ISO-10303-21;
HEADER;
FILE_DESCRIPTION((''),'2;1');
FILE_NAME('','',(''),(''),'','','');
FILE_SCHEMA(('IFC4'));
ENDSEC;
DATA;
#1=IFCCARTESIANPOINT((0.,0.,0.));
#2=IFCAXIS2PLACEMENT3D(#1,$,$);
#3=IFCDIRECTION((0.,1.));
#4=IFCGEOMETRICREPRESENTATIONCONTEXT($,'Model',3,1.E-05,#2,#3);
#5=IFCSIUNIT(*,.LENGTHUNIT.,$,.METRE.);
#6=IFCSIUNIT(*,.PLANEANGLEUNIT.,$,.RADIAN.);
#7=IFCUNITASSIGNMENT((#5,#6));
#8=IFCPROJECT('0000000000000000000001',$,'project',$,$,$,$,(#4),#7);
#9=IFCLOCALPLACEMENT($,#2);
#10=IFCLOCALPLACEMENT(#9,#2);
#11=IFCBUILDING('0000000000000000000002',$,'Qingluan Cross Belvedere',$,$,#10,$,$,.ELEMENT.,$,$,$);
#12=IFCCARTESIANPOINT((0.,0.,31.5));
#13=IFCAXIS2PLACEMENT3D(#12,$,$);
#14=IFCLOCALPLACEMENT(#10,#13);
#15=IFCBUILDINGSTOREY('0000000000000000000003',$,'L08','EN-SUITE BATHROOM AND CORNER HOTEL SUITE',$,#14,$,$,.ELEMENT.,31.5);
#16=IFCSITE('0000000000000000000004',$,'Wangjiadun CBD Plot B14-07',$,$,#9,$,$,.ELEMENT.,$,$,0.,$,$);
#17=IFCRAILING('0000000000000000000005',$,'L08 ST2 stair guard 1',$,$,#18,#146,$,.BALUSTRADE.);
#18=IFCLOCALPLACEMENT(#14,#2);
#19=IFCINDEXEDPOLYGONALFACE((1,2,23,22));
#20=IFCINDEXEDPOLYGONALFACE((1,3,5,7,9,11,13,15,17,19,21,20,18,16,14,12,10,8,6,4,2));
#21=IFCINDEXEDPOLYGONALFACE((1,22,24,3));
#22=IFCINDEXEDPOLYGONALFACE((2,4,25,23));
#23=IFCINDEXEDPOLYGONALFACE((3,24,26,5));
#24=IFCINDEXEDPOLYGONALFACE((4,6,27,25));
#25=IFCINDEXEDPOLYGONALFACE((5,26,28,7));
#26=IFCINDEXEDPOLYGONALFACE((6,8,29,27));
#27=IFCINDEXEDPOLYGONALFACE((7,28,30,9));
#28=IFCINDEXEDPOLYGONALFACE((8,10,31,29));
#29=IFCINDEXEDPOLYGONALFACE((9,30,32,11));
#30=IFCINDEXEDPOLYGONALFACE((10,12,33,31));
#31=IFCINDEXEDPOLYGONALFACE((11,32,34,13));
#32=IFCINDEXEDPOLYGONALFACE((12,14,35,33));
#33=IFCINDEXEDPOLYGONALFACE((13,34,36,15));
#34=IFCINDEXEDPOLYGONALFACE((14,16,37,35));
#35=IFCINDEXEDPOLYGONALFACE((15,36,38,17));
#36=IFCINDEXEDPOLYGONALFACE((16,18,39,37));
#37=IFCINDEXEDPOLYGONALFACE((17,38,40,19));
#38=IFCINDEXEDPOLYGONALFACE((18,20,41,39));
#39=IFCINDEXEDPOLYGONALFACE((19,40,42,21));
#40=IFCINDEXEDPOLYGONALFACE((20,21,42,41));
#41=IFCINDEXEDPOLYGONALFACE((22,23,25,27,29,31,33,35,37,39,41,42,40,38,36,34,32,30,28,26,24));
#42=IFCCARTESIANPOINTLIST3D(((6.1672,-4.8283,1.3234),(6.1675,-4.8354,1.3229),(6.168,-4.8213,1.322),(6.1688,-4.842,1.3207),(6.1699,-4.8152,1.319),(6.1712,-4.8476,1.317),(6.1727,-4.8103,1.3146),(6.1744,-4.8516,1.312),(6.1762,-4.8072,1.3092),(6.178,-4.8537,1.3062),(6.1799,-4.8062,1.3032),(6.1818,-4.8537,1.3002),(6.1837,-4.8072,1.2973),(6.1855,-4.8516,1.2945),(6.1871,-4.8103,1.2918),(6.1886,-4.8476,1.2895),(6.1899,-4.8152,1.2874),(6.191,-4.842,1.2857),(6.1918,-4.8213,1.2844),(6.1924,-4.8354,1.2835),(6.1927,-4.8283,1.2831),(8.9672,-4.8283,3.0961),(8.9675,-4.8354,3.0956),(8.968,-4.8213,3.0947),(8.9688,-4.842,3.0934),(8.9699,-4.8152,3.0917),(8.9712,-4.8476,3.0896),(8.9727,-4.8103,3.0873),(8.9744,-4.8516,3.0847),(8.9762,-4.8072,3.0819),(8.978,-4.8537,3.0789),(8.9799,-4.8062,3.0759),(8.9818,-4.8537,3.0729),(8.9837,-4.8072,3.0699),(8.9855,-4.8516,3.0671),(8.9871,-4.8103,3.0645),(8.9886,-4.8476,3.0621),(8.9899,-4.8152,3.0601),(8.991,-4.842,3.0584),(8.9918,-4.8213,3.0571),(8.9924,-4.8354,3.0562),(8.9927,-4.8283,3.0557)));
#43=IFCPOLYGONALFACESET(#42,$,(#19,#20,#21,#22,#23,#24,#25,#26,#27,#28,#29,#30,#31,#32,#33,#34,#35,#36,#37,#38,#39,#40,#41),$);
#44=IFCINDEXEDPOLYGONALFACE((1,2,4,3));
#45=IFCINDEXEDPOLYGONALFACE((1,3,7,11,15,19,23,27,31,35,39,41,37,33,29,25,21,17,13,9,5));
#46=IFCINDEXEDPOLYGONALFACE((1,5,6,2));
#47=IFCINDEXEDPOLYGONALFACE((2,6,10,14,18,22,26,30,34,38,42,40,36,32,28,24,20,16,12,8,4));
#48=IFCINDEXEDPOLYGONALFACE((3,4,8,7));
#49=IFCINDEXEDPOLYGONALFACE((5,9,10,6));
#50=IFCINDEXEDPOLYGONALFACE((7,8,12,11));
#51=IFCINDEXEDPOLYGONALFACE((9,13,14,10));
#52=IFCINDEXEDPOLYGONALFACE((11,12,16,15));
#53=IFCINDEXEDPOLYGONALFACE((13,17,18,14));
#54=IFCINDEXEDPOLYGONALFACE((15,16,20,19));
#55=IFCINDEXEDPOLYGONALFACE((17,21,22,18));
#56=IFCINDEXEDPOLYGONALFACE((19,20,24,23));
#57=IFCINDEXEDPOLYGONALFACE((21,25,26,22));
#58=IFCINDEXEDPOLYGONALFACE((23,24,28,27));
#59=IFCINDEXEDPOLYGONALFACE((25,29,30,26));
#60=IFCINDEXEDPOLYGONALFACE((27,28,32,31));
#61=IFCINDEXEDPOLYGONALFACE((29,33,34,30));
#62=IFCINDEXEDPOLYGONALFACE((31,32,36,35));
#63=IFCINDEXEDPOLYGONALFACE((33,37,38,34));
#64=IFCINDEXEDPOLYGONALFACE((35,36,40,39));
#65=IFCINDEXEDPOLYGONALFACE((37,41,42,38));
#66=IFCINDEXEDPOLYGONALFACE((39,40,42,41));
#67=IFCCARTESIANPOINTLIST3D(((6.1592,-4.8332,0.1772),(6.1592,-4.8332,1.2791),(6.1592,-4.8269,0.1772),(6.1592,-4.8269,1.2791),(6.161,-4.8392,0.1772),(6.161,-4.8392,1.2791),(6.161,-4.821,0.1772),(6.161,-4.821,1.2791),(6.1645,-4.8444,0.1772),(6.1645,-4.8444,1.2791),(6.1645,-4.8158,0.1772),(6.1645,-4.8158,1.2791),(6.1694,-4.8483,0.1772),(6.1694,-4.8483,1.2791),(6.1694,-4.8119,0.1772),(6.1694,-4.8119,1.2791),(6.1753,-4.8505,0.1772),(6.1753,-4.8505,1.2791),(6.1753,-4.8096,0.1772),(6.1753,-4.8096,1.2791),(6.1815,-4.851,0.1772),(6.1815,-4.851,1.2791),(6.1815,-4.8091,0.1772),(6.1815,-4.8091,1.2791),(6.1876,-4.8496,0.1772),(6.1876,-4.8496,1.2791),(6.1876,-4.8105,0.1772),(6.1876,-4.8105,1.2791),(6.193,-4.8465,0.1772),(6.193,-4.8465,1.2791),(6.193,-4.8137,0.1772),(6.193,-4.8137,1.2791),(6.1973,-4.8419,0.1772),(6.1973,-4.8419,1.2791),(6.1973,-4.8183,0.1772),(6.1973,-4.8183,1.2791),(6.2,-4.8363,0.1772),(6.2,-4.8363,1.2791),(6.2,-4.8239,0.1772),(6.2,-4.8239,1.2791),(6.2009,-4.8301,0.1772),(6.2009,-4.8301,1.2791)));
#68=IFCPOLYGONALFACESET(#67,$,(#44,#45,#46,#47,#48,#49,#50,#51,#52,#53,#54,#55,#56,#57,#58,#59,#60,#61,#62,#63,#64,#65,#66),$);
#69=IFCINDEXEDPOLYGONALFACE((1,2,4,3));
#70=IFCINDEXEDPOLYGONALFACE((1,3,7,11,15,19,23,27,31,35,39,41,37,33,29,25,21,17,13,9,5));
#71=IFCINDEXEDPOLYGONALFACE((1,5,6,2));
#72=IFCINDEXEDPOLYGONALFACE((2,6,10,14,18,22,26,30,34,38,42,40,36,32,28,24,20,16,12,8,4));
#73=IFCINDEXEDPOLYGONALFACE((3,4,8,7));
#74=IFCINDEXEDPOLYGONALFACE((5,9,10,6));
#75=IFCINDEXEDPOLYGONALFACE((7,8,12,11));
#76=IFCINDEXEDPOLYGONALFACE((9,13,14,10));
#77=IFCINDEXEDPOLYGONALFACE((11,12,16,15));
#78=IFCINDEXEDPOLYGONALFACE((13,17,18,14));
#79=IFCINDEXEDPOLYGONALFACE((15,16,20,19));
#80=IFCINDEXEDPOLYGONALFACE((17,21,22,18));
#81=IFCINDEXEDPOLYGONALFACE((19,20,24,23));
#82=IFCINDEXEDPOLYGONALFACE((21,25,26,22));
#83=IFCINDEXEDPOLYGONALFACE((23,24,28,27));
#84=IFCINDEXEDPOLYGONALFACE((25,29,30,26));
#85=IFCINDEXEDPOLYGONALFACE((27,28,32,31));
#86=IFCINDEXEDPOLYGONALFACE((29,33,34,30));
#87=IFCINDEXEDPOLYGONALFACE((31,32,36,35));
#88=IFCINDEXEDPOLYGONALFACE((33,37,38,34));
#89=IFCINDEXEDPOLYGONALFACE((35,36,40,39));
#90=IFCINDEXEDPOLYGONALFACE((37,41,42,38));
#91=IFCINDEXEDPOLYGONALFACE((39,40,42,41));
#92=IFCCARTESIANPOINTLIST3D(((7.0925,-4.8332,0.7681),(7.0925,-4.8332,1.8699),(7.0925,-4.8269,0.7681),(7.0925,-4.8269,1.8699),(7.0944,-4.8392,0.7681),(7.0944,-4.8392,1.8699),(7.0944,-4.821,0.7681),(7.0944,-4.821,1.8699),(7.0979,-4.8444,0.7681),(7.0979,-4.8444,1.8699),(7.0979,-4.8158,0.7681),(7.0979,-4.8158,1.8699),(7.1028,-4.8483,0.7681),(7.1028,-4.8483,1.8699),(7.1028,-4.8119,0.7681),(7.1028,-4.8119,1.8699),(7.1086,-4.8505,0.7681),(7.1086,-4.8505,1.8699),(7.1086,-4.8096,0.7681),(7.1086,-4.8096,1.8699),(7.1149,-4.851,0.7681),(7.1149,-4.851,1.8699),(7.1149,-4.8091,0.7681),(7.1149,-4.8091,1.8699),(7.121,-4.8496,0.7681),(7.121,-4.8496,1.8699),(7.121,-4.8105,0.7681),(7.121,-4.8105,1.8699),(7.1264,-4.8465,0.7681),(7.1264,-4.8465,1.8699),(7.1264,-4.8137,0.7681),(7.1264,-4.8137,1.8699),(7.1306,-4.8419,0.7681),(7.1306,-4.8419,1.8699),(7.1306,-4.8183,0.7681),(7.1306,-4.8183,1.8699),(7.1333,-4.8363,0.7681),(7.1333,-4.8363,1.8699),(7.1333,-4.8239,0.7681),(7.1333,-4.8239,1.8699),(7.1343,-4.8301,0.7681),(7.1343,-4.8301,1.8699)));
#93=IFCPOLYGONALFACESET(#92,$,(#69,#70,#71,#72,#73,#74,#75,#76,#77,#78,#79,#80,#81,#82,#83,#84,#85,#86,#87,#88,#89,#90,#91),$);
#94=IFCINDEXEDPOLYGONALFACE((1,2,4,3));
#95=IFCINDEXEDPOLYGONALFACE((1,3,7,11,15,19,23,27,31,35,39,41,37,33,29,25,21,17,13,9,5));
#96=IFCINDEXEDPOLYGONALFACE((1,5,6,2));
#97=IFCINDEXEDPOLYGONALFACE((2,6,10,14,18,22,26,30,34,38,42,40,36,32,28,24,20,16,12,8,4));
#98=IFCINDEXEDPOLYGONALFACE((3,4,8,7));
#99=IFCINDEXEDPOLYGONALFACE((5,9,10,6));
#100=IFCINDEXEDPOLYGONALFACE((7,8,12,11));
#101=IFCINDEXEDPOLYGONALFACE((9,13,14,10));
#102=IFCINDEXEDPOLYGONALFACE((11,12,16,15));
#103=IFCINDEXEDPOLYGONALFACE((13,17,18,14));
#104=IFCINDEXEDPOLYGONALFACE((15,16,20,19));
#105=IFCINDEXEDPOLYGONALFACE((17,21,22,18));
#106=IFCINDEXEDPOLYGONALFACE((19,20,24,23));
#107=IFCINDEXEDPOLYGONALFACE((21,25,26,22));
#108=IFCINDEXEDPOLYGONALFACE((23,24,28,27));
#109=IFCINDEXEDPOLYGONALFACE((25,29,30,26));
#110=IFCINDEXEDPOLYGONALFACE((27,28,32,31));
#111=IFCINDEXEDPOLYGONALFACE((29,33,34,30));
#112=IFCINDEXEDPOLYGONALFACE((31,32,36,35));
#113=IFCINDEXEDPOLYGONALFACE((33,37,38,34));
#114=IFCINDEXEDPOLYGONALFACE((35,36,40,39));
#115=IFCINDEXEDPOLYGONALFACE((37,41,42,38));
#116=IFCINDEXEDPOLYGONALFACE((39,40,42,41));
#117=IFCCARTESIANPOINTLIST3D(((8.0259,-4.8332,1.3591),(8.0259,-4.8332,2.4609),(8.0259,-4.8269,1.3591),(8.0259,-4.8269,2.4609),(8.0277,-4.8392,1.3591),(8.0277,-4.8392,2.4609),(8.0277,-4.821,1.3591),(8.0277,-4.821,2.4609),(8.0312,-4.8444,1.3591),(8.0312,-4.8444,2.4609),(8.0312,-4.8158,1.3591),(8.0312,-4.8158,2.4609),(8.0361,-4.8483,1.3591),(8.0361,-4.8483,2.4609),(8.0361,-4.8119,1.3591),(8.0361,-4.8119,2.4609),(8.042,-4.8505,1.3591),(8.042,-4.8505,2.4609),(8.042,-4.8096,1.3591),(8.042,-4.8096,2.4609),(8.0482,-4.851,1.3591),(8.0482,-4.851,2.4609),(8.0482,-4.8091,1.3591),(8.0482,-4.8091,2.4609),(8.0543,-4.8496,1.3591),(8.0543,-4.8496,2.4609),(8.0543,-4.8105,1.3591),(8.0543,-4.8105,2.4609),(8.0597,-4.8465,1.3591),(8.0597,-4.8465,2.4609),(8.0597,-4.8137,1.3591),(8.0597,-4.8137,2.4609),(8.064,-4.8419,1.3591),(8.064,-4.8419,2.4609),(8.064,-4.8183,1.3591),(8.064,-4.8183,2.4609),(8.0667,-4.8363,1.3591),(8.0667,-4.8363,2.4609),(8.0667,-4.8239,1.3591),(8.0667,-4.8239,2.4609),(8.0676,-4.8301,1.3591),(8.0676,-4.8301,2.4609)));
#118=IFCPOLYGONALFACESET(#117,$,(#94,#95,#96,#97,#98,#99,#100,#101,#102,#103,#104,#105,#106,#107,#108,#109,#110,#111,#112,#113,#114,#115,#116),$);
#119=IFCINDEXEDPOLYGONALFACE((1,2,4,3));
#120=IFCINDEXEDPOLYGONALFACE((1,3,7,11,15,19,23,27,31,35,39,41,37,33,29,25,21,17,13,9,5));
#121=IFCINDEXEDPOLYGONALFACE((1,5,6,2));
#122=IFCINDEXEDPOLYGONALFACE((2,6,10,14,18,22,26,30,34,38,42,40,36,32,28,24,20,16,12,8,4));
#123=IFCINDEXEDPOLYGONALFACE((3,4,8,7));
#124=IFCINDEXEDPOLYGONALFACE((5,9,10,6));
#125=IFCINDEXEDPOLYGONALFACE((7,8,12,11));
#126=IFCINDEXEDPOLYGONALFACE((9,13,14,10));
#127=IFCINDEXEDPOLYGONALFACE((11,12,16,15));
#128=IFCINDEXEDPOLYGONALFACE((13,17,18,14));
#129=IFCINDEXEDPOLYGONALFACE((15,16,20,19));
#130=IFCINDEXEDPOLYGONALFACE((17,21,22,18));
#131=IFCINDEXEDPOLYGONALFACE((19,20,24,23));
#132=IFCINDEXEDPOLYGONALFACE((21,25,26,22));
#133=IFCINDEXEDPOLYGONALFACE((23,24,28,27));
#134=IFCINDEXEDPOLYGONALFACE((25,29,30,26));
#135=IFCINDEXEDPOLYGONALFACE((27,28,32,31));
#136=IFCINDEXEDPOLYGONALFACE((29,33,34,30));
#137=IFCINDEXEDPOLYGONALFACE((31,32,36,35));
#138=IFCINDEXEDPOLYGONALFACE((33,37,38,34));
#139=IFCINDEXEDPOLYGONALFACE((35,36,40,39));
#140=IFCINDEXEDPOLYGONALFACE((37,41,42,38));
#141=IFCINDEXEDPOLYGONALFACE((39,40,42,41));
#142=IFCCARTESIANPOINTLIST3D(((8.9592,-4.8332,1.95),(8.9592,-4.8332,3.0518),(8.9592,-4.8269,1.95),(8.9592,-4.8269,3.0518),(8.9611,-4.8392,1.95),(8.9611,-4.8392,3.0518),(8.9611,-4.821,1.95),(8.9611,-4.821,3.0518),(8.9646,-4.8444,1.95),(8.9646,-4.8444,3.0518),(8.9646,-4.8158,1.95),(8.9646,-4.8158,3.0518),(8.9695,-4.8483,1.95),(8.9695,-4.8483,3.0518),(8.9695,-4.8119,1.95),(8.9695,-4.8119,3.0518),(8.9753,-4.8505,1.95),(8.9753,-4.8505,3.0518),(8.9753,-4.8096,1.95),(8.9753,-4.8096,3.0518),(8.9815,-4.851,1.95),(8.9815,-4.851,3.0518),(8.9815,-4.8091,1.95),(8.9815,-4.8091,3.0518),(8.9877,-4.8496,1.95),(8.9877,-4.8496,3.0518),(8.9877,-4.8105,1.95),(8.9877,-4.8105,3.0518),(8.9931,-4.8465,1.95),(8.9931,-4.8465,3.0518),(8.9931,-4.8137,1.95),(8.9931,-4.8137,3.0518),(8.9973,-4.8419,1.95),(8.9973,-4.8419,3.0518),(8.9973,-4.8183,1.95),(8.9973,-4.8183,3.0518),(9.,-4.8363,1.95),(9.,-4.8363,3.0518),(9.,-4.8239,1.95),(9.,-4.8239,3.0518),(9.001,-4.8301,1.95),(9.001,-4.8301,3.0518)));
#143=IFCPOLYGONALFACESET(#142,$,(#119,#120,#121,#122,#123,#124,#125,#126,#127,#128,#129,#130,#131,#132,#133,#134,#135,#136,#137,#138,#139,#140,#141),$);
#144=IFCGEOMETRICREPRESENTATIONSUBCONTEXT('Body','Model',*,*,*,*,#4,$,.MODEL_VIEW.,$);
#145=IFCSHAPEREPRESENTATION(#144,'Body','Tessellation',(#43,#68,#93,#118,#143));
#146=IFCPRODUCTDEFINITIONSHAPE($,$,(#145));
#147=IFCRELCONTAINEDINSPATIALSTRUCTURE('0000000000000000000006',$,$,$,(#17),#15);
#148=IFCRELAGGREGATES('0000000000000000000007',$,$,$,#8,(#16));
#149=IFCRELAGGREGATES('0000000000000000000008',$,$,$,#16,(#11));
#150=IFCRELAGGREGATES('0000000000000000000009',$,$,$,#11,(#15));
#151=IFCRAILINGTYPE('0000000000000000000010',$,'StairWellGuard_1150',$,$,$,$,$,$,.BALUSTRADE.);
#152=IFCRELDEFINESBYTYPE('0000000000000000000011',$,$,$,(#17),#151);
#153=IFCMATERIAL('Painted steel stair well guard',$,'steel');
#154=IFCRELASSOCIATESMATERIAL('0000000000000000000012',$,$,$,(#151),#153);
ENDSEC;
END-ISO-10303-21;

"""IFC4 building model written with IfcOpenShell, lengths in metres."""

from ifc_helpers import new_model, si_unit, direction, frame, origin, origin_2d, place, context, subcontext, project, spatial, circle, extrude, material, type_object, element, save


model = new_model("IFC4")

# Units and contexts
model_context = context("Model", 3, precision=1e-05, world=origin(), true_north=direction((0.0, 1.0)))
body_context = subcontext(model_context, "Body", "Model", "MODEL_VIEW")
ifc_project = project(units=[si_unit("LENGTHUNIT", "METRE"), si_unit("PLANEANGLEUNIT", "RADIAN")], contexts=[model_context])

# Site, building, storey
site_placement = place(None, origin())
site = spatial("IfcSite", under=ifc_project, at=site_placement, Name="Wangjiadun CBD Plot B14-07", CompositionType="ELEMENT", RefElevation=0.0)
building_placement = place(site_placement, origin())
building = spatial("IfcBuilding", under=site, at=building_placement, Name="Qingluan Cross Belvedere", CompositionType="ELEMENT")
storey_placement = place(building_placement, frame((0.0, 0.0, 31.5)))
storey = spatial("IfcBuildingStorey", under=building, at=storey_placement, Name="L08", Description="EN-SUITE BATHROOM AND CORNER HOTEL SUITE", CompositionType="ELEMENT", Elevation=31.5)

# Railing
ifc_material_1 = material(Name="Painted steel stair well guard", Category="steel")
railing_type_1 = type_object("IfcRailingType", Name="StairWellGuard_1150", PredefinedType="BALUSTRADE", material=ifc_material_1)
railing_1_placement = place(storey_placement, frame((6.1799, -4.8301, 0.1772)))
element("IfcRailing", 1, at=railing_1_placement, inside=storey, type_object=railing_type_1, Name="L08 ST2 stair guard 1", PredefinedType="BALUSTRADE", context=body_context, shape_type="SweptSolid", body=[
    extrude(circle(Radius=0.0239, at=origin_2d()), frame((0.0, 0.0, 1.126), z_axis=(0.844909, 0.0, 0.53491), x_axis=(0.0, 1.0, 0.0)), (0.0, 0.0, 1.0), 3.314),
    extrude(circle(Radius=0.021, at=origin_2d()), origin(), (0.0, 0.0, 1.0), 1.1018),
    extrude(circle(Radius=0.021, at=origin_2d()), frame((0.9333, 0.0, 0.5908)), (0.0, 0.0, 1.0), 1.1018),
    extrude(circle(Radius=0.021, at=origin_2d()), frame((1.8667, 0.0, 1.1819)), (0.0, 0.0, 1.0), 1.1018),
    extrude(circle(Radius=0.021, at=origin_2d()), frame((2.8, 0.0, 1.7727)), (0.0, 0.0, 1.0), 1.1018),
])

save(model, "model.ifc")
